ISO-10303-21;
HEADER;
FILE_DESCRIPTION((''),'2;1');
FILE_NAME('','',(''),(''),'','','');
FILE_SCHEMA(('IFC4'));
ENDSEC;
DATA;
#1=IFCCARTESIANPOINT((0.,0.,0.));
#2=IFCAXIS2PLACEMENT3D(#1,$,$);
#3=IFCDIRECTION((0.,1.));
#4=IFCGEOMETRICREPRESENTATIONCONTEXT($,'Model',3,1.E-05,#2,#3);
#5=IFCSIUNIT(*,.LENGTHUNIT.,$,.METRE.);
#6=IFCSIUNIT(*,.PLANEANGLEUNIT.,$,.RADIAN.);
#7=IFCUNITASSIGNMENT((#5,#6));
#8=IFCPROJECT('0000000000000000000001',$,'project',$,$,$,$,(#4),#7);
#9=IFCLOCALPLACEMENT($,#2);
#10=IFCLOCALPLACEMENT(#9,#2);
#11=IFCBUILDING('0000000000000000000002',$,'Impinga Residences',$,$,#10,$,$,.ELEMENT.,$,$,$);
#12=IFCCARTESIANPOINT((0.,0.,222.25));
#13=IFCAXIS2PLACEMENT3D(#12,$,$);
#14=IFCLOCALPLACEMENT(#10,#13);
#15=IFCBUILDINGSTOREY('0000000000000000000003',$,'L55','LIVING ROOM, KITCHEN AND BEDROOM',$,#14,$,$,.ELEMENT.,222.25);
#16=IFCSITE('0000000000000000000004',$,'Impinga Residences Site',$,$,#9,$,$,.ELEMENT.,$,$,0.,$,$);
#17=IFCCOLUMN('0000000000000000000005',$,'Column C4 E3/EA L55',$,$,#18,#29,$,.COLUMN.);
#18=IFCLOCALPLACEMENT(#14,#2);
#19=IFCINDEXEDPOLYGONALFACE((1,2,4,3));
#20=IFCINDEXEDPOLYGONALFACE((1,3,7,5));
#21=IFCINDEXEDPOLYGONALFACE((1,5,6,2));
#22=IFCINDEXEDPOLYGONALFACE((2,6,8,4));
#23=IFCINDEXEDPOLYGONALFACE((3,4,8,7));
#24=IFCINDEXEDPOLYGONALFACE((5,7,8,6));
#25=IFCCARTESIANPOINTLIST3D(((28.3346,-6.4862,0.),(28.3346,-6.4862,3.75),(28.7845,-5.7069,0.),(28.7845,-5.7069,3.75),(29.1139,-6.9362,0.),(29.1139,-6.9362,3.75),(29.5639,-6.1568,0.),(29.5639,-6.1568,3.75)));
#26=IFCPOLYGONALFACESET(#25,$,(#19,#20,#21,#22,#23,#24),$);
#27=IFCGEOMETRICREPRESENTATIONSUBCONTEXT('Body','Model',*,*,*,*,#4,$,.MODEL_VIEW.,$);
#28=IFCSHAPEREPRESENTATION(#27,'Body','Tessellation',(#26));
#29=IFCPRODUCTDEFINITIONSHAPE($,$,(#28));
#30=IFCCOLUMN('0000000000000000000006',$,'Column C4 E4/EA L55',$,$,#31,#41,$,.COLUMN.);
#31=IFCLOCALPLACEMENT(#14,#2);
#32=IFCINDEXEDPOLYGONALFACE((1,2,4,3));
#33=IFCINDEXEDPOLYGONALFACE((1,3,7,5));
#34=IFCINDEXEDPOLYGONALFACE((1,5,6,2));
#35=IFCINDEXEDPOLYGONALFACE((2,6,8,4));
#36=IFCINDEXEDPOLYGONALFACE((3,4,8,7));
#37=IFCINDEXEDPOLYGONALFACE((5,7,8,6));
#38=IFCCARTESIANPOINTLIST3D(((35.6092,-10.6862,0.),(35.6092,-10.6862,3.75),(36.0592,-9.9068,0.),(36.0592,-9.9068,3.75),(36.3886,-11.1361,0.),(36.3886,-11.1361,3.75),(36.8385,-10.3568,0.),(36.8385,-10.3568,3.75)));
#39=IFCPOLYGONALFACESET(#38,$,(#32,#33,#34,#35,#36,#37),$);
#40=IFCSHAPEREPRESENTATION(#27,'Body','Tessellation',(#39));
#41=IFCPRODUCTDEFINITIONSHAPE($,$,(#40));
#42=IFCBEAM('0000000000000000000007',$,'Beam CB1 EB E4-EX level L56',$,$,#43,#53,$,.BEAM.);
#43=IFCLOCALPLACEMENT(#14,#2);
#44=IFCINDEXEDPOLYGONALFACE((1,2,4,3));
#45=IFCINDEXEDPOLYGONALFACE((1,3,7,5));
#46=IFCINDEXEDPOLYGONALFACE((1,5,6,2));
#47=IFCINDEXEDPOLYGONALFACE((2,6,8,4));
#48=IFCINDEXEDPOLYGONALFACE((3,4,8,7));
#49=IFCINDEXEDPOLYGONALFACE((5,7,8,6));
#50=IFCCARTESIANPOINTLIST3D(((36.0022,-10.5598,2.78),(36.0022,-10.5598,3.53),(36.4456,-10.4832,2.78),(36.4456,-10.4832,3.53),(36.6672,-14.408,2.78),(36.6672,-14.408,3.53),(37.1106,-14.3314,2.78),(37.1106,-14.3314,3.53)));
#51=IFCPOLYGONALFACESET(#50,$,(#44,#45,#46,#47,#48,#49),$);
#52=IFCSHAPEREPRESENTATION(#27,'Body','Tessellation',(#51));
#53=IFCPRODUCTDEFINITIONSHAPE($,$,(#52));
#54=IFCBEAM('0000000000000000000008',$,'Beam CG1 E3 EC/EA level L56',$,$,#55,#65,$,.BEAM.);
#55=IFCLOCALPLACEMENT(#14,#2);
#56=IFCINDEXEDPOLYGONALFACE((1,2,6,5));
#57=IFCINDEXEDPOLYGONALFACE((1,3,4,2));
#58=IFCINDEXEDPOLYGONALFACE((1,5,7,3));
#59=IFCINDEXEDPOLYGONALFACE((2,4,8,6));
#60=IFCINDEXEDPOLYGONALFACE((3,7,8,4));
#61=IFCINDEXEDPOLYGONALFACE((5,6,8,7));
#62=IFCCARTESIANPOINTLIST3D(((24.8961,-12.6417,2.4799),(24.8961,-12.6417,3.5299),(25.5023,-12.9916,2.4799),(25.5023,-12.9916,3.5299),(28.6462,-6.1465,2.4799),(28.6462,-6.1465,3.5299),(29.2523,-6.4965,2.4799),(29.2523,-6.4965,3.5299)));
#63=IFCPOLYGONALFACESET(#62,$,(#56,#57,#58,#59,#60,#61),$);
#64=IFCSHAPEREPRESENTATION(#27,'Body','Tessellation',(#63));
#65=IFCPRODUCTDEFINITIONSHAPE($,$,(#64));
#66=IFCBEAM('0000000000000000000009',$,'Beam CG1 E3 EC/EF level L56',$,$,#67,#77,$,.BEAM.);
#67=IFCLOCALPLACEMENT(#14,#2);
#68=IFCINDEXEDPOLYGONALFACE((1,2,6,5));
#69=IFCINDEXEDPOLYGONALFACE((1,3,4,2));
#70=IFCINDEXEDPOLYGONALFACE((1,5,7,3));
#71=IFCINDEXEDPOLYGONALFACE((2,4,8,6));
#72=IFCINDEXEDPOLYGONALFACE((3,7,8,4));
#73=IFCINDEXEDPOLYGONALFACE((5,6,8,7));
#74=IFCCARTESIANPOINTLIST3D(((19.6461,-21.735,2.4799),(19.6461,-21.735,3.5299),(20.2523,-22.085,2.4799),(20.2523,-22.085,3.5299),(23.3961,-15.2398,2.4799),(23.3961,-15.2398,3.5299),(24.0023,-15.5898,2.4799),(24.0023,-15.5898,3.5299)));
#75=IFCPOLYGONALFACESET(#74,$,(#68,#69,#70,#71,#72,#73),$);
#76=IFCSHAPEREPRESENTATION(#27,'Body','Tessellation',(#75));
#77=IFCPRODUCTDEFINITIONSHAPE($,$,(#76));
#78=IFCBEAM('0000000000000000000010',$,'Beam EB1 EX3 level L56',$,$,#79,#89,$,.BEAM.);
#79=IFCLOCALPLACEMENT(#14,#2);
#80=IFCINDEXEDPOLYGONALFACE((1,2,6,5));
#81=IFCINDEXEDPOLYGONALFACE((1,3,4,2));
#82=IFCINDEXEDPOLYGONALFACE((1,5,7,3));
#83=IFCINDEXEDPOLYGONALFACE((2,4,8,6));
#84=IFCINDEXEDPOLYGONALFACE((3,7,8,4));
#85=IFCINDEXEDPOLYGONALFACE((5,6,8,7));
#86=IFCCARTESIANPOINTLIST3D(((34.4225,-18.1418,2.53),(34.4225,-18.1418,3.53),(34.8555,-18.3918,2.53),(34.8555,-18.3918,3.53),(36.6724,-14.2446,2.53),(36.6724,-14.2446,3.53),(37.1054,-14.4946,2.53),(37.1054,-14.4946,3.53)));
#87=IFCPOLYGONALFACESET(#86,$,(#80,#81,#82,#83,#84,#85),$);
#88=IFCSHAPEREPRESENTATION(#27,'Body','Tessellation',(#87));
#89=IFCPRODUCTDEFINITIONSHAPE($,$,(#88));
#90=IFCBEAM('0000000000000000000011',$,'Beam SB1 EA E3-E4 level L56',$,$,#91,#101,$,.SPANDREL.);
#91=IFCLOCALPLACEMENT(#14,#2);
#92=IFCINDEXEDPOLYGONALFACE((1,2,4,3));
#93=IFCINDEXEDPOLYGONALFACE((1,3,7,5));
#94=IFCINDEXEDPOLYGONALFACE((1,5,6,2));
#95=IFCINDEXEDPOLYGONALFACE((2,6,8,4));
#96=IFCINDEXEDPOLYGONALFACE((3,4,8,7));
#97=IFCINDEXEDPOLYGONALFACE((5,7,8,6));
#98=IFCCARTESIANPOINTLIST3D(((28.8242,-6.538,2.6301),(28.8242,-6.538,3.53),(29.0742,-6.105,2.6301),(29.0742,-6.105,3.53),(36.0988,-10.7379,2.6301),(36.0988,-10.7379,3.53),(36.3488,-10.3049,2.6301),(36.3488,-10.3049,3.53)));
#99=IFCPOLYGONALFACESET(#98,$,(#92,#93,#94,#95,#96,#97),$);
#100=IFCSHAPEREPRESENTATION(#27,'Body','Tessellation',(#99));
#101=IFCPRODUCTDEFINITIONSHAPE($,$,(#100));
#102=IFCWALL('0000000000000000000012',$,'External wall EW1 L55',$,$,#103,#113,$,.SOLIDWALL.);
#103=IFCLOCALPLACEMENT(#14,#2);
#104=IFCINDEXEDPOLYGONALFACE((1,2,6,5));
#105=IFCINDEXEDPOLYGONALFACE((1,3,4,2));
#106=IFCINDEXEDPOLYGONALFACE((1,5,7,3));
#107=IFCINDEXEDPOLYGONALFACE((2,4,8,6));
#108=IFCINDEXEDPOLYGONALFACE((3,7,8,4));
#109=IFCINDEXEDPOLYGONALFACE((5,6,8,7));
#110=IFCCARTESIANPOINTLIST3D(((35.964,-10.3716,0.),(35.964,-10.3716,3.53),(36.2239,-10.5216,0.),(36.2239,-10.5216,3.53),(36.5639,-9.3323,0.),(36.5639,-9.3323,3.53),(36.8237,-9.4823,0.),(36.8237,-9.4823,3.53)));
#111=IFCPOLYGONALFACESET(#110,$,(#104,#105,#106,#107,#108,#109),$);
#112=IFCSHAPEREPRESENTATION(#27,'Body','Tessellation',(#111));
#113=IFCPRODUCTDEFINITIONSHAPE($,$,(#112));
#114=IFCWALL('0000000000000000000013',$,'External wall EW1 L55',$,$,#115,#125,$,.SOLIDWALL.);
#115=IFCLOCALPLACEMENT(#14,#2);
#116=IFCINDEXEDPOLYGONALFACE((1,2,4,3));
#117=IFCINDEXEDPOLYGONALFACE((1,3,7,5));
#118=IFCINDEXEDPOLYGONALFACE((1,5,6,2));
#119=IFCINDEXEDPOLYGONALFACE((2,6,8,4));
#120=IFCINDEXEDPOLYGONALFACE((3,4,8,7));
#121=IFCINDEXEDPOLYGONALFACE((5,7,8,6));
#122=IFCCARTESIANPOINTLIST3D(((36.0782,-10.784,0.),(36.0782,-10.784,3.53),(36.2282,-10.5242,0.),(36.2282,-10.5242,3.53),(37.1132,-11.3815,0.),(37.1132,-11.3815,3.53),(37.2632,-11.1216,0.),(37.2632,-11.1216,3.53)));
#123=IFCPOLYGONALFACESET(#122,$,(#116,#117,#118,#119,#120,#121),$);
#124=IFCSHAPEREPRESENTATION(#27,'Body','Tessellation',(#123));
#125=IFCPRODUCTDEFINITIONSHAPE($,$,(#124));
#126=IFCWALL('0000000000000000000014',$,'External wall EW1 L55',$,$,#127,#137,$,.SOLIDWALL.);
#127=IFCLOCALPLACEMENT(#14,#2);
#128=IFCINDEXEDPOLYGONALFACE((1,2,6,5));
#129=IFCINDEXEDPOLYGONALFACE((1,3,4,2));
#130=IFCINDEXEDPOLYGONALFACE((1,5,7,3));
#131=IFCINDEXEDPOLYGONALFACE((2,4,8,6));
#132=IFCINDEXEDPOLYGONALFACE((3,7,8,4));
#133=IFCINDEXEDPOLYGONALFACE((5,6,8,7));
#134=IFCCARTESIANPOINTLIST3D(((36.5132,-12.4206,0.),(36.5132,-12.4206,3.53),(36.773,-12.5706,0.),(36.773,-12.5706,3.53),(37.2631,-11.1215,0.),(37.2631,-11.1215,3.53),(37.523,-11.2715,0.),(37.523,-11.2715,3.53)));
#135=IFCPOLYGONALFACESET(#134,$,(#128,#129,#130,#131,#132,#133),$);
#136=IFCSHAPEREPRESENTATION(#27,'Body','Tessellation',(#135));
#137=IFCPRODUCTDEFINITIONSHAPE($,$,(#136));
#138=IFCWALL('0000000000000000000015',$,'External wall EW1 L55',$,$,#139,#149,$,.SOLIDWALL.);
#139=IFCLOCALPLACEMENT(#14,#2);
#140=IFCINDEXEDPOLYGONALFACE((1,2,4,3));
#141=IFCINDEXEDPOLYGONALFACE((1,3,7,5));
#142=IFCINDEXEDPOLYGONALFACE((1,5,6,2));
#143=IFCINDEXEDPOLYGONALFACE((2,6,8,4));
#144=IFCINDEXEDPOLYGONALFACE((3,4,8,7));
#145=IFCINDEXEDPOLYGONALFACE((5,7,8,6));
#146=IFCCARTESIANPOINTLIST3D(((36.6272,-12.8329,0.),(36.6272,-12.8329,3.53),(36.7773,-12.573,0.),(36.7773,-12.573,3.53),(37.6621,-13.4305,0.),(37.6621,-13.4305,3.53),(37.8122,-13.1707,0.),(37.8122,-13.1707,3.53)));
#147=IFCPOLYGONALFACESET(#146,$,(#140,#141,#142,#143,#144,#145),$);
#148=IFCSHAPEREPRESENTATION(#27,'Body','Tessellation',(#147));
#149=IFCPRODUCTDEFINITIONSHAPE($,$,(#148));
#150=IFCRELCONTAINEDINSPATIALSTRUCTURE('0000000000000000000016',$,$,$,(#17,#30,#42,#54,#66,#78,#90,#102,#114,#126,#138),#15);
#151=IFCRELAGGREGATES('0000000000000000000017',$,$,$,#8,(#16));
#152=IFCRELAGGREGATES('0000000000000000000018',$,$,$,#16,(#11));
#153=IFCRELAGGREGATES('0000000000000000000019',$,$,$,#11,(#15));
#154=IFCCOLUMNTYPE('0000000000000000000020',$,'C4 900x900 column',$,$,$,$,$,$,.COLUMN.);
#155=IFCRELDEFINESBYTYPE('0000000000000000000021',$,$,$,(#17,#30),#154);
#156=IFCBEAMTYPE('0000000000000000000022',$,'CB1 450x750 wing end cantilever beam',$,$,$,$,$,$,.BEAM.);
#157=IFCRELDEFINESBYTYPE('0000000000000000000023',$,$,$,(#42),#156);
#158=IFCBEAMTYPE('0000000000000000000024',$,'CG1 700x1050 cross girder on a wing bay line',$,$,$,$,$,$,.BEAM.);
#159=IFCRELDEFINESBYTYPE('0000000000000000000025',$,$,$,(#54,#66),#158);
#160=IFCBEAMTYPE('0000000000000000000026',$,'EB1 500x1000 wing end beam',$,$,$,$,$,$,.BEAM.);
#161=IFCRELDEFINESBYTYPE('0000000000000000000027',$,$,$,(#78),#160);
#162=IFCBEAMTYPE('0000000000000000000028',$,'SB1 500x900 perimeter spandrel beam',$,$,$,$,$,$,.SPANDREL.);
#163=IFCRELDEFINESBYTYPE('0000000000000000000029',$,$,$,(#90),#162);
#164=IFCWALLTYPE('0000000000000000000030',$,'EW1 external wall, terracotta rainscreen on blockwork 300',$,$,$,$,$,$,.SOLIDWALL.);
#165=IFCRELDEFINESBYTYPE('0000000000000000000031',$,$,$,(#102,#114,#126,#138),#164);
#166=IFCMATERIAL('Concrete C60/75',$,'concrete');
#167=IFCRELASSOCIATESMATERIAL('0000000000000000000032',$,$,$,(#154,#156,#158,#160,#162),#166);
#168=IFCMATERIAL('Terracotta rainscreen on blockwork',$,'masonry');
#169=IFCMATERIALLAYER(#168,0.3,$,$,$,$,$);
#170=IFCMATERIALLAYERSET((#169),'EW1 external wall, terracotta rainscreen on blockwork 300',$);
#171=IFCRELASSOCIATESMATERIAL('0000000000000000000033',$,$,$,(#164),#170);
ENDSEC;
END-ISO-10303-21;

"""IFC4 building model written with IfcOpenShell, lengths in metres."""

from ifc_helpers import new_model, si_unit, direction, frame, frame_2d, origin, origin_2d, place, context, subcontext, project, spatial, rectangle, extrude, material, layer, layer_set, material_profile, profile_set, type_object, element, save


model = new_model("IFC4")

# Units and contexts
model_context = context("Model", 3, precision=1e-05, world=origin(), true_north=direction((0.0, 1.0)))
body_context = subcontext(model_context, "Body", "Model", "MODEL_VIEW")
ifc_project = project(units=[si_unit("LENGTHUNIT", "METRE"), si_unit("PLANEANGLEUNIT", "RADIAN")], contexts=[model_context])

# Site, building, storey
site_placement = place(None, origin())
site = spatial("IfcSite", under=ifc_project, at=site_placement, Name="Impinga Residences Site", CompositionType="ELEMENT", RefElevation=0.0)
building_placement = place(site_placement, origin())
building = spatial("IfcBuilding", under=site, at=building_placement, Name="Impinga Residences", CompositionType="ELEMENT")
storey_placement = place(building_placement, frame((0.0, 0.0, 222.25)))
storey = spatial("IfcBuildingStorey", under=building, at=storey_placement, Name="L55", Description="LIVING ROOM, KITCHEN AND BEDROOM", CompositionType="ELEMENT", Elevation=222.25)

# Columns
ifc_material_1 = material(Name="Concrete C60/75", Category="concrete")
ifc_material_profile_1 = material_profile(ifc_material_1, rectangle(XDim=0.8999, YDim=0.8999, at=origin_2d()), Name="RC 900x900")
ifc_profile_set_1 = profile_set([ifc_material_profile_1], Name="Concrete C60/75")
column_type = type_object("IfcColumnType", Name="C4 900x900 column", PredefinedType="COLUMN", material=ifc_profile_set_1)
for number, where, z_axis, x_axis, name in (
    (1, (28.9492, -6.3215, 0.0), (0.0, 0.0, 1.0), (-0.5, -0.866025, 0.0), "Column C4 E3/EA L55"),
    (2, (36.2239, -10.5215, 0.0), (0.0, 0.0, 1.0), (-0.5, -0.866025, 0.0), "Column C4 E4/EA L55"),
):
    element("IfcColumn", number, at=place(storey_placement, frame(where, z_axis=z_axis, x_axis=x_axis)), inside=storey, type_object=column_type, Name=name, PredefinedType="COLUMN", context=body_context, shape_type="SweptSolid", body=[
        extrude(rectangle(XDim=0.8999, YDim=0.8999, at=origin_2d()), origin(), (0.0, 0.0, 1.0), 3.75),
    ])

# Beams
ifc_material_profile_2 = material_profile(ifc_material_1, rectangle(XDim=0.45, YDim=0.75, at=origin_2d()), Name="RC 450x750")
ifc_profile_set_2 = profile_set([ifc_material_profile_2], Name="Concrete C60/75")
beam_type_1 = type_object("IfcBeamType", Name="CB1 450x750 wing end cantilever beam", PredefinedType="BEAM", material=ifc_profile_set_2)
beam_1_placement = place(storey_placement, frame((36.2239, -10.5215, 3.155), z_axis=(0.170296, -0.985393, 0.0), x_axis=(0.985393, 0.170296, 0.0)))
element("IfcBeam", 3, at=beam_1_placement, inside=storey, type_object=beam_type_1, Name="Beam CB1 EB E4-EX level L56", PredefinedType="BEAM", context=body_context, shape_type="SweptSolid", body=[
    extrude(rectangle(XDim=0.45, YDim=0.75, at=origin_2d()), origin(), (0.0, 0.0, 1.0), 3.9053),
])
ifc_material_profile_3 = material_profile(ifc_material_1, rectangle(XDim=0.7, YDim=1.05, at=origin_2d()), Name="RC 700x1050")
ifc_profile_set_3 = profile_set([ifc_material_profile_3], Name="Concrete C60/75")
beam_type_2 = type_object("IfcBeamType", Name="CG1 700x1050 cross girder on a wing bay line", PredefinedType="BEAM", material=ifc_profile_set_3)
for number, where, z_axis, x_axis, name in (
    (4, (25.1992, -12.8167, 3.0049), (0.500004, 0.866023, 0.0), (-0.866023, 0.500004, 0.0), "Beam CG1 E3 EC/EA level L56"),
    (5, (23.6992, -15.4148, 3.0049), (-0.500004, -0.866023, 0.0), (0.866023, -0.500004, 0.0), "Beam CG1 E3 EC/EF level L56"),
):
    element("IfcBeam", number, at=place(storey_placement, frame(where, z_axis=z_axis, x_axis=x_axis)), inside=storey, type_object=beam_type_2, Name=name, PredefinedType="BEAM", context=body_context, shape_type="SweptSolid", body=[
        extrude(rectangle(XDim=0.7, YDim=1.05, at=origin_2d()), origin(), (0.0, 0.0, 1.0), 7.5),
    ])
ifc_material_profile_4 = material_profile(ifc_material_1, rectangle(XDim=0.5, YDim=1.0, at=origin_2d()), Name="RC 500x1000")
ifc_profile_set_4 = profile_set([ifc_material_profile_4], Name="Concrete C60/75")
beam_type_3 = type_object("IfcBeamType", Name="EB1 500x1000 wing end beam", PredefinedType="BEAM", material=ifc_profile_set_4)
beam_2_placement = place(storey_placement, frame((36.8889, -14.3696, 3.03), z_axis=(-0.49999, -0.866031, 0.0), x_axis=(0.866031, -0.49999, 0.0)))
element("IfcBeam", 6, at=beam_2_placement, inside=storey, type_object=beam_type_3, Name="Beam EB1 EX3 level L56", PredefinedType="BEAM", context=body_context, shape_type="SweptSolid", body=[
    extrude(rectangle(XDim=0.5, YDim=1.0, at=origin_2d()), origin(), (0.0, 0.0, 1.0), 4.5),
])
ifc_material_profile_5 = material_profile(ifc_material_1, rectangle(XDim=0.5, YDim=0.8999, at=origin_2d()), Name="RC 500x900")
ifc_profile_set_5 = profile_set([ifc_material_profile_5], Name="Concrete C60/75")
beam_type_4 = type_object("IfcBeamType", Name="SB1 500x900 perimeter spandrel beam", PredefinedType="SPANDREL", material=ifc_profile_set_5)
beam_3_placement = place(storey_placement, frame((28.9492, -6.3215, 3.0801), z_axis=(0.866029, -0.499993, 0.0), x_axis=(0.499993, 0.866029, 0.0)))
element("IfcBeam", 7, at=beam_3_placement, inside=storey, type_object=beam_type_4, Name="Beam SB1 EA E3-E4 level L56", PredefinedType="SPANDREL", context=body_context, shape_type="SweptSolid", body=[
    extrude(rectangle(XDim=0.5, YDim=0.8999, at=origin_2d()), origin(), (0.0, 0.0, 1.0), 8.3999),
])

# Walls
ifc_material_2 = material(Name="Terracotta rainscreen on blockwork", Category="masonry")
ifc_layer_1 = layer(ifc_material_2, 0.3)
ifc_layer_set_1 = layer_set([ifc_layer_1], Name="EW1 external wall, terracotta rainscreen on blockwork 300")
wall_type_1 = type_object("IfcWallType", Name="EW1 external wall, terracotta rainscreen on blockwork 300", PredefinedType="SOLIDWALL", material=ifc_layer_set_1)
wall_1_placement = place(storey_placement, frame((36.6938, -9.4072, 0.0), z_axis=(0.0, 0.0, 1.0), x_axis=(-0.499881, -0.866094, 0.0)))
element("IfcWall", 8, at=wall_1_placement, inside=storey, type_object=wall_type_1, Name="External wall EW1 L55", PredefinedType="SOLIDWALL", context=body_context, shape_type="SweptSolid", body=[
    extrude(rectangle(XDim=1.2, YDim=0.3, at=frame_2d((0.6001, 0.0))), origin(), (0.0, 0.0, 1.0), 3.53),
])
wall_2_placement = place(storey_placement, frame((36.1531, -10.6541, 0.0), z_axis=(0.0, 0.0, 1.0), x_axis=(0.86606, -0.499941, 0.0)))
element("IfcWall", 9, at=wall_2_placement, inside=storey, type_object=wall_type_1, Name="External wall EW1 L55", PredefinedType="SOLIDWALL", context=body_context, shape_type="SweptSolid", body=[
    extrude(rectangle(XDim=1.1951, YDim=0.3, at=frame_2d((0.5977, 0.0))), origin(), (0.0, 0.0, 1.0), 3.53),
])
wall_3_placement = place(storey_placement, frame((37.3931, -11.1965, 0.0), z_axis=(0.0, 0.0, 1.0), x_axis=(-0.49999, -0.866031, 0.0)))
element("IfcWall", 10, at=wall_3_placement, inside=storey, type_object=wall_type_1, Name="External wall EW1 L55", PredefinedType="SOLIDWALL", context=body_context, shape_type="SweptSolid", body=[
    extrude(rectangle(XDim=1.5, YDim=0.3, at=frame_2d((0.75, 0.0))), origin(), (0.0, 0.0, 1.0), 3.53),
])
wall_4_placement = place(storey_placement, frame((36.7021, -12.7029, 0.0), z_axis=(0.0, 0.0, 1.0), x_axis=(0.865971, -0.500094, 0.0)))
element("IfcWall", 11, at=wall_4_placement, inside=storey, type_object=wall_type_1, Name="External wall EW1 L55", PredefinedType="SOLIDWALL", context=body_context, shape_type="SweptSolid", body=[
    extrude(rectangle(XDim=1.1951, YDim=0.3, at=frame_2d((0.5977, 0.0))), origin(), (0.0, 0.0, 1.0), 3.53),
])

save(model, "model.ifc")
